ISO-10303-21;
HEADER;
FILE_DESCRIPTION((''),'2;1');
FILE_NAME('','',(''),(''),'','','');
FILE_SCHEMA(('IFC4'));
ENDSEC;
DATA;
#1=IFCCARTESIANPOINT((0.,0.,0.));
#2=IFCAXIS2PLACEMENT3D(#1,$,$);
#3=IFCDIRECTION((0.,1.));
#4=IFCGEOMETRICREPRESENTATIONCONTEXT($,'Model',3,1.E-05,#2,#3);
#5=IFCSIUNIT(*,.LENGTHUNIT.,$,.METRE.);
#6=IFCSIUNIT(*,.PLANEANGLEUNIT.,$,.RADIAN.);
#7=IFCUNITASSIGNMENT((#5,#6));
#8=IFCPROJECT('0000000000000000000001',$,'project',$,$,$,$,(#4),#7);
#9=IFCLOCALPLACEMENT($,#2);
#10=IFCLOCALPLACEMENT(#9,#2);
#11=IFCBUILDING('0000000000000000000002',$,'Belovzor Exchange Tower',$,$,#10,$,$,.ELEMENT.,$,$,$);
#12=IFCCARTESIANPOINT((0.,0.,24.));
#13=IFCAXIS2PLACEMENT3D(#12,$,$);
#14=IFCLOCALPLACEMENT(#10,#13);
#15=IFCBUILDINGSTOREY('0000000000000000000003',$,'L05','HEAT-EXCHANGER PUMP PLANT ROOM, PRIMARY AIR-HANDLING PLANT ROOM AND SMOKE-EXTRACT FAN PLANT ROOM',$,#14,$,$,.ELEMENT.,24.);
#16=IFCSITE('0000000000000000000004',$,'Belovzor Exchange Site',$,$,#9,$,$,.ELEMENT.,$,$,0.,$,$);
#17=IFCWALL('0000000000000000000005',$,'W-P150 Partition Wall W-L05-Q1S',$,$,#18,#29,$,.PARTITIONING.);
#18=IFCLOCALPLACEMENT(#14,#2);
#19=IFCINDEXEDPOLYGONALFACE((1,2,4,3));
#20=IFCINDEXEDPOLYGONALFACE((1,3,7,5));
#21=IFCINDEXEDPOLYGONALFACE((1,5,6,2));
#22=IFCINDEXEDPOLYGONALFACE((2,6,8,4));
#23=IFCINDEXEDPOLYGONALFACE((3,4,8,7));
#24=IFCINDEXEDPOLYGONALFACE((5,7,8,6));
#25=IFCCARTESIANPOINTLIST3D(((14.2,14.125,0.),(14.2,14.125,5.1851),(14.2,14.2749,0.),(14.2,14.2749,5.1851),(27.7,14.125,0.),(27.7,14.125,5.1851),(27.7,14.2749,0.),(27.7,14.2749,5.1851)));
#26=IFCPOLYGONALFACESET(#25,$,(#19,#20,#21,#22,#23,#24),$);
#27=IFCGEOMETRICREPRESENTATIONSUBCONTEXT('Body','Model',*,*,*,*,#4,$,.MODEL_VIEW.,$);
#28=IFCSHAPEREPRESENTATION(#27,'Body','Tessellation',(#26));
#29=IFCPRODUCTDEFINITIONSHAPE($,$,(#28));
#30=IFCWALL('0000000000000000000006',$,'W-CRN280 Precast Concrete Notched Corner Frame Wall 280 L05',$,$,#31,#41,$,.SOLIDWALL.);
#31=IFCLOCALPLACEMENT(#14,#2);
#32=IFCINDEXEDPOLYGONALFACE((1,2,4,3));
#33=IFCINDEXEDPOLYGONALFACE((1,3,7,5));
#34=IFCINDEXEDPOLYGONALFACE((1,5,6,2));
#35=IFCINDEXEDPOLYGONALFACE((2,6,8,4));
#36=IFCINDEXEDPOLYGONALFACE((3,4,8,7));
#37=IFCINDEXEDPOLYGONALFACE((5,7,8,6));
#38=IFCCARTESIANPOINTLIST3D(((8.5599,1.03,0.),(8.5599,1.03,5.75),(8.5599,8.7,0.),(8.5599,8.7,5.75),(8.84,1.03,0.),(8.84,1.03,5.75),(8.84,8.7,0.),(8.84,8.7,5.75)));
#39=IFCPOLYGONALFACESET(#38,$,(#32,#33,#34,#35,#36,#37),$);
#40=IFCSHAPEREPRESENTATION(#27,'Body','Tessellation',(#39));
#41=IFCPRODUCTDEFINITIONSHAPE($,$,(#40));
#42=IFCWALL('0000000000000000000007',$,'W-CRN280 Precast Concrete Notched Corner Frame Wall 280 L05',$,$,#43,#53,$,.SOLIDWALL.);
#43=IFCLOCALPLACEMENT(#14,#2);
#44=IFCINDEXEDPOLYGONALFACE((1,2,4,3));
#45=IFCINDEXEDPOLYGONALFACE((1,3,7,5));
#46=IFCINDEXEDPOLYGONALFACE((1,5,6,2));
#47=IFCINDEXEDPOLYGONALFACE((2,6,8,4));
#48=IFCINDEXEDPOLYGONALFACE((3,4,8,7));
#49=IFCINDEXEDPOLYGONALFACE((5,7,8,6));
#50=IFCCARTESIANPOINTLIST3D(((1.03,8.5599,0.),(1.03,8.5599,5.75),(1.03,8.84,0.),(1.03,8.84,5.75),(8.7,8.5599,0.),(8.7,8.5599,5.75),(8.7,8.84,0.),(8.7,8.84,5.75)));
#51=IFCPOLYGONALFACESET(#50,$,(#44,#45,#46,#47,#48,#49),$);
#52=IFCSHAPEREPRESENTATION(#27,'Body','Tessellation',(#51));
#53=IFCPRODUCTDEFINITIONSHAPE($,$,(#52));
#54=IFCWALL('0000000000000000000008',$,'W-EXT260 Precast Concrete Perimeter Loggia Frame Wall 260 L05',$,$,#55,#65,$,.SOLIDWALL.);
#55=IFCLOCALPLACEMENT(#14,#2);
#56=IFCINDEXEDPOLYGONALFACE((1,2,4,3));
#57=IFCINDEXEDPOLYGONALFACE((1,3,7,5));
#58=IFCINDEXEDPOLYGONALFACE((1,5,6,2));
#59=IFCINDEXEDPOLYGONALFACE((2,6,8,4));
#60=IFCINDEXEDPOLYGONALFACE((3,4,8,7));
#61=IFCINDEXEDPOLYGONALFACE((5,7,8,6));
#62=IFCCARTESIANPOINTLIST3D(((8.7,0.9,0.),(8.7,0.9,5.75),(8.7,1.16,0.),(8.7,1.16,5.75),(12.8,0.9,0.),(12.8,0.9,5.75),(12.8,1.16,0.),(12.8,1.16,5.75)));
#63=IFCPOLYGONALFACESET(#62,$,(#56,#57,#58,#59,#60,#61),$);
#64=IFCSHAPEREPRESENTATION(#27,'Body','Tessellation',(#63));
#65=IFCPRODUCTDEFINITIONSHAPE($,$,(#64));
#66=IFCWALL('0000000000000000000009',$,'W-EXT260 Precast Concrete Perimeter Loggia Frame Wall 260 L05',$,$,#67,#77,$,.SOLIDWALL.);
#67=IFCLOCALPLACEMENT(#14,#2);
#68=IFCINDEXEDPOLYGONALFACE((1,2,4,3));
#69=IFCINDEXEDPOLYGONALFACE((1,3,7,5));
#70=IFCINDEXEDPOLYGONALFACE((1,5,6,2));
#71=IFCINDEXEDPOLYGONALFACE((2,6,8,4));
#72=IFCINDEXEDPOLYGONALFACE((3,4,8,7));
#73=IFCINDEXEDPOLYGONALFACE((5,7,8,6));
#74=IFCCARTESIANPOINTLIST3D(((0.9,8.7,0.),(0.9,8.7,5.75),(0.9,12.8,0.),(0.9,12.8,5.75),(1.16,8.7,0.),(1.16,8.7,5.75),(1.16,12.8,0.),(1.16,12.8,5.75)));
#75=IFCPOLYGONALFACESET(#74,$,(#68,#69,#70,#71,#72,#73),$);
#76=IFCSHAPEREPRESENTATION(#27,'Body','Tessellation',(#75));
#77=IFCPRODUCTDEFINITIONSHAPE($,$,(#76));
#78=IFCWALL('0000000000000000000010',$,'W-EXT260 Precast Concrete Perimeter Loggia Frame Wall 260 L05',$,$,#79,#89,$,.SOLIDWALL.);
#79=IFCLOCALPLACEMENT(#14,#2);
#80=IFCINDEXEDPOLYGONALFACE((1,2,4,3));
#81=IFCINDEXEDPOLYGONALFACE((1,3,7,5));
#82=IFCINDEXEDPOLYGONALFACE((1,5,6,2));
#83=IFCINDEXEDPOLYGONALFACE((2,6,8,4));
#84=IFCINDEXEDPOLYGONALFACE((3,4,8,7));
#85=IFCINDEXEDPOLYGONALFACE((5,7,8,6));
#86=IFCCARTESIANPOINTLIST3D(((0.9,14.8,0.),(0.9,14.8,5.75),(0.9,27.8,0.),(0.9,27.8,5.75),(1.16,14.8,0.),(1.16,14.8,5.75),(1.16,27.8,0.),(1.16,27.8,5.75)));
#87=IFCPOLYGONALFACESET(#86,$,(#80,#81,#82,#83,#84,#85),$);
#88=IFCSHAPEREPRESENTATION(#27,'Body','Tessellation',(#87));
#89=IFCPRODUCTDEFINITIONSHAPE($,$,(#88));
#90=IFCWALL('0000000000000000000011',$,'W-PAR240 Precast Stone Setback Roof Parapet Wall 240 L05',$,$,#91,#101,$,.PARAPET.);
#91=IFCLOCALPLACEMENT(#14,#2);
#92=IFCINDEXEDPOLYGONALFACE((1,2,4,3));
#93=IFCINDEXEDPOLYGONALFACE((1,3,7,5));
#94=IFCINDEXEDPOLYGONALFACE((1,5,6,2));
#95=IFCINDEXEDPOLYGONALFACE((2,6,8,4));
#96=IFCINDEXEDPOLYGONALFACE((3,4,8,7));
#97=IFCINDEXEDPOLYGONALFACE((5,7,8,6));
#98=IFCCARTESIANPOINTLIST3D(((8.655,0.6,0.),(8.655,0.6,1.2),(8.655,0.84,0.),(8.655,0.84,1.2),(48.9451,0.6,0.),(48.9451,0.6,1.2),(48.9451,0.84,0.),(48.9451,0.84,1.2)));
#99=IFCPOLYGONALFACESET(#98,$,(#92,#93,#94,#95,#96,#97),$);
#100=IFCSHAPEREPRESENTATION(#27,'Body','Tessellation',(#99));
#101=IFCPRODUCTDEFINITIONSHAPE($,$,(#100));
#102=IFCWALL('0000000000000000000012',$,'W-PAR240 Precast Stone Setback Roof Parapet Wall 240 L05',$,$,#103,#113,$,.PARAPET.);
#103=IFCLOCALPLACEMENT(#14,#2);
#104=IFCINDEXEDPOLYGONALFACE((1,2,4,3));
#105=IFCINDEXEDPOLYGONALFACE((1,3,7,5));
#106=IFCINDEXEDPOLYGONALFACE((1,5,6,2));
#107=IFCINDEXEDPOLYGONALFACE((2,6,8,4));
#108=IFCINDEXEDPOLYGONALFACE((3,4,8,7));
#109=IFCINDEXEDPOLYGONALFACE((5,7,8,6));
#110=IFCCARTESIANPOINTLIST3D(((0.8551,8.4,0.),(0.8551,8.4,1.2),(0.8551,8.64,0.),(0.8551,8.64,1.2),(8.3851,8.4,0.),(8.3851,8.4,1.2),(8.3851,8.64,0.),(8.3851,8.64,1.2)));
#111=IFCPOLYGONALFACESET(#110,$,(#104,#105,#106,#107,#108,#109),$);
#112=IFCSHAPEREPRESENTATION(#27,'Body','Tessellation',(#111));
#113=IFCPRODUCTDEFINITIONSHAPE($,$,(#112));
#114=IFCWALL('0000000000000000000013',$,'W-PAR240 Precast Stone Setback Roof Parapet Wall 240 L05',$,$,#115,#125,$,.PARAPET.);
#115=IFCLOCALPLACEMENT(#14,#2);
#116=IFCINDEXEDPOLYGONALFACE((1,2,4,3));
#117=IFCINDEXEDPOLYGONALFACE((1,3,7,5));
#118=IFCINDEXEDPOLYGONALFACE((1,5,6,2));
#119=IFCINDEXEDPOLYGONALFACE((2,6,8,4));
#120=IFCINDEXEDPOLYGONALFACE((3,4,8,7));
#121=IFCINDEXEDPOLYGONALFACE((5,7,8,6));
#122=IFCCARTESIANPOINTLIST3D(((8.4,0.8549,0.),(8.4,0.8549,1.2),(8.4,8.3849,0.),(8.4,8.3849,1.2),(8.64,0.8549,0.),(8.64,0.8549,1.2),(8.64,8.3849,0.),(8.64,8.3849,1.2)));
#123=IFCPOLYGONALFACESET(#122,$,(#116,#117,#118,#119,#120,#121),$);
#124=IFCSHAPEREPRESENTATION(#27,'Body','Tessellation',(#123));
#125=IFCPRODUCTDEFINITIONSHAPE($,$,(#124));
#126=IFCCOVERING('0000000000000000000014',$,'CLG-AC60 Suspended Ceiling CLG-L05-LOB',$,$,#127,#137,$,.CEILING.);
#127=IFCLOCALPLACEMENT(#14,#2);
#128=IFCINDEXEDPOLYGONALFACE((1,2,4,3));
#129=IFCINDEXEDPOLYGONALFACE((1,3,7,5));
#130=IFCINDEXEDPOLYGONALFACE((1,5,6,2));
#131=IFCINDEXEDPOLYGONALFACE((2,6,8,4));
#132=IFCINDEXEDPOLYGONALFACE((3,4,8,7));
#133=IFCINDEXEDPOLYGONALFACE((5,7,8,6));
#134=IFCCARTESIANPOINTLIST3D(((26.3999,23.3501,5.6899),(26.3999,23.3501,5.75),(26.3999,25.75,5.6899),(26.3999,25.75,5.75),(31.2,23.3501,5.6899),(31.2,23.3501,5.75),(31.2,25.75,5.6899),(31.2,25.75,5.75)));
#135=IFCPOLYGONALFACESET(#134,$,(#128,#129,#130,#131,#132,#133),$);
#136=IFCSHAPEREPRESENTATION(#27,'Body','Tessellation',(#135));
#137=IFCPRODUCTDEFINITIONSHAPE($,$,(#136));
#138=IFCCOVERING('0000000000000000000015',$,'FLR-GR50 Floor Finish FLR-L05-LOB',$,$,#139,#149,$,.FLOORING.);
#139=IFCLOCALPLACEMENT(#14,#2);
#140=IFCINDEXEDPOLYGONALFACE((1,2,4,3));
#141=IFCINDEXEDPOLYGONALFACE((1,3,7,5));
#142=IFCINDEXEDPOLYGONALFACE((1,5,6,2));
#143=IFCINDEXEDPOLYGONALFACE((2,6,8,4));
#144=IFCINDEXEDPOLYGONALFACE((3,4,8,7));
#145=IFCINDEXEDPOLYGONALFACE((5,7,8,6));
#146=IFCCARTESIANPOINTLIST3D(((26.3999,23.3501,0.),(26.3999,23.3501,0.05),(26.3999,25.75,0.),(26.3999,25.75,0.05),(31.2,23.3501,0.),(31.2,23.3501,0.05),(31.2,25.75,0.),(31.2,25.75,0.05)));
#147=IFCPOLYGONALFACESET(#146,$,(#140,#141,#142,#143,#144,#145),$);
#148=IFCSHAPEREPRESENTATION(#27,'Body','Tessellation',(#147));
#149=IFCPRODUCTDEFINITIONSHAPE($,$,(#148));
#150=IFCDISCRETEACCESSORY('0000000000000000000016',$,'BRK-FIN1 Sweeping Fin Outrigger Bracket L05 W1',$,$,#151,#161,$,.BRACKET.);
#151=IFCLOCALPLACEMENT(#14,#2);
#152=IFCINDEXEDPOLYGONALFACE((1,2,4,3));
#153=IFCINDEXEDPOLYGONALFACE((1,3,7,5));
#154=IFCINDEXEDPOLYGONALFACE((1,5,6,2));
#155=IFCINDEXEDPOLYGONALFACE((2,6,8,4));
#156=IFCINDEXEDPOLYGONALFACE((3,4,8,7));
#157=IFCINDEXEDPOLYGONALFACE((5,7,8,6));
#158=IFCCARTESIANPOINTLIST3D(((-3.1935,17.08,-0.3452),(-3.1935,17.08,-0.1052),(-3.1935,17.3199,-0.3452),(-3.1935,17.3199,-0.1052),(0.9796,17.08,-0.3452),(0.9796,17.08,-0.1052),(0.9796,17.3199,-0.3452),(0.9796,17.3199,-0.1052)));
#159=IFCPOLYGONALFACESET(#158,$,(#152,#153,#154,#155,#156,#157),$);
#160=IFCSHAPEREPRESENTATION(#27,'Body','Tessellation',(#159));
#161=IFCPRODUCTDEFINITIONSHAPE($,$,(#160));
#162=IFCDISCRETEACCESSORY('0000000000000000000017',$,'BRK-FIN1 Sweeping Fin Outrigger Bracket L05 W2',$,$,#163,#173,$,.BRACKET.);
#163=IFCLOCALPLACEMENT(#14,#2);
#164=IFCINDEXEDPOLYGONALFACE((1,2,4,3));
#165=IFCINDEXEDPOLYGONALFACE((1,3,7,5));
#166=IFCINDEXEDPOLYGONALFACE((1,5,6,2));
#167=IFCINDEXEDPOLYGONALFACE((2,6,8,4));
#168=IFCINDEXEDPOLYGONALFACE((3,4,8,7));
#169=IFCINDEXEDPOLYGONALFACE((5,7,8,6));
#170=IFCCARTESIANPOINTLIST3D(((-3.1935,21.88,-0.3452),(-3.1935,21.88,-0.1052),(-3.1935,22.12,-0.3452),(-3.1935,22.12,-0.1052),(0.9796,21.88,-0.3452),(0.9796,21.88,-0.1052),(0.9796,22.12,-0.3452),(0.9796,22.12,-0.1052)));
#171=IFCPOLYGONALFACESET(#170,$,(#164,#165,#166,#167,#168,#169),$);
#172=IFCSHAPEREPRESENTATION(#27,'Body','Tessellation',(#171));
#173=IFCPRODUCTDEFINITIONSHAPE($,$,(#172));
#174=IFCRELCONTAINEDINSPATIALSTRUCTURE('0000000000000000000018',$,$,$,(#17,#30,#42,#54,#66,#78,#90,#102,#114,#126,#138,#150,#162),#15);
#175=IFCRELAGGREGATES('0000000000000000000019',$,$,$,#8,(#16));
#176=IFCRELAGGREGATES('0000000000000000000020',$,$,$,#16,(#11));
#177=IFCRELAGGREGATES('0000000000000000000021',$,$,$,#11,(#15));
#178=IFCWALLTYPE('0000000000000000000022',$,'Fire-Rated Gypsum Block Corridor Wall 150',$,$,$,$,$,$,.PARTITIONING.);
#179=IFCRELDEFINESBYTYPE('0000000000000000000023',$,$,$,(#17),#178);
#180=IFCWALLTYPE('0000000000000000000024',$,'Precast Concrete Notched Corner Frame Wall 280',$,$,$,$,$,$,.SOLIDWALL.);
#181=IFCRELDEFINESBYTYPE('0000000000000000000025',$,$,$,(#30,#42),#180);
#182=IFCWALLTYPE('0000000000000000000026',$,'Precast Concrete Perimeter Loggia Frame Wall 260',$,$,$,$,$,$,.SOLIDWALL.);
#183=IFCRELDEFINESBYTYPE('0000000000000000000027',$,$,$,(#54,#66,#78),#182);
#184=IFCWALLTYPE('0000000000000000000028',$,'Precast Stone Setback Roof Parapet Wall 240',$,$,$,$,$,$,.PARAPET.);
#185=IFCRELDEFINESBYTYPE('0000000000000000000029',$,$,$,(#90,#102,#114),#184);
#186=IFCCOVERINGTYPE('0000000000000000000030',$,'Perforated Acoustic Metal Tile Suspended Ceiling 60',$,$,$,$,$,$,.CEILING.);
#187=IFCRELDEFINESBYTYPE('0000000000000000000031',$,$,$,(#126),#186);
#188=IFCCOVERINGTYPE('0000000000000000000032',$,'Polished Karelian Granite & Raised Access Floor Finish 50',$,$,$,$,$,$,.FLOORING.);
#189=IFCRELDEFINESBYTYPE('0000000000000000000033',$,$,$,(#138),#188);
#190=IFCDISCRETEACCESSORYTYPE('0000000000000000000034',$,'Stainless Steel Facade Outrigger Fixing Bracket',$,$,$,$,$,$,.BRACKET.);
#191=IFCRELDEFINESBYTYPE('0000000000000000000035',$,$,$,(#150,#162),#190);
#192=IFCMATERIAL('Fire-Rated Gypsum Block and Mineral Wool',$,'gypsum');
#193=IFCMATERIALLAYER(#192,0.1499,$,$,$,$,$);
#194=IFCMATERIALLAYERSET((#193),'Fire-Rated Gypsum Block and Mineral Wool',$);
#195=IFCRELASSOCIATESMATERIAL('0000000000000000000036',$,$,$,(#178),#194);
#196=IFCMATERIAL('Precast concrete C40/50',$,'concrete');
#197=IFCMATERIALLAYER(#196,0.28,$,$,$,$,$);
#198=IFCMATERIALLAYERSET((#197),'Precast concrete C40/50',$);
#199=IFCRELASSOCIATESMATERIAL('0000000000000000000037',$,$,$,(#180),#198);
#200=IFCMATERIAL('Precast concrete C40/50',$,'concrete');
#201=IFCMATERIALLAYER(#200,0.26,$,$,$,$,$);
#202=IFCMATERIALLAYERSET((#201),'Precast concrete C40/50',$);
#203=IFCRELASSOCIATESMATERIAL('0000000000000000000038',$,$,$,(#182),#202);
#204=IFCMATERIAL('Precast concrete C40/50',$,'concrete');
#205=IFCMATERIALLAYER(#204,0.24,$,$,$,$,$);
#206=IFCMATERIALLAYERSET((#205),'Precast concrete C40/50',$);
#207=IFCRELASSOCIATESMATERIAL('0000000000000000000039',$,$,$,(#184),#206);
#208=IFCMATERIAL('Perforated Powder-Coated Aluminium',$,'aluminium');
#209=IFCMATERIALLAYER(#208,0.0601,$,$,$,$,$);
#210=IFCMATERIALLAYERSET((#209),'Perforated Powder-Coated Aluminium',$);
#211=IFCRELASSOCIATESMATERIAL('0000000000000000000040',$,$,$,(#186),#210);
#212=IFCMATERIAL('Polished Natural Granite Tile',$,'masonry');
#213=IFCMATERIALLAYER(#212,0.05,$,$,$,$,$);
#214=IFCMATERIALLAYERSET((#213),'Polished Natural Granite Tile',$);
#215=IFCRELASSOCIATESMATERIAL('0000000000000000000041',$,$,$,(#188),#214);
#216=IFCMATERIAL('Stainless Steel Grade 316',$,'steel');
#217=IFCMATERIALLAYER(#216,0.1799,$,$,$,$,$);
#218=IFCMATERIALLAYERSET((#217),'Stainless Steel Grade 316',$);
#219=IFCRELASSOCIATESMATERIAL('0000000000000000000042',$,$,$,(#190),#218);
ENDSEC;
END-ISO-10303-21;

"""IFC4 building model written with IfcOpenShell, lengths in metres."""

from ifc_helpers import new_model, si_unit, direction, frame, frame_2d, origin, origin_2d, place, context, subcontext, project, spatial, polyline, rectangle, outline, extrude, material, layer, layer_set, type_object, element, save


model = new_model("IFC4")

# Units and contexts
model_context = context("Model", 3, precision=1e-05, world=origin(), true_north=direction((0.0, 1.0)))
body_context = subcontext(model_context, "Body", "Model", "MODEL_VIEW")
ifc_project = project(units=[si_unit("LENGTHUNIT", "METRE"), si_unit("PLANEANGLEUNIT", "RADIAN")], contexts=[model_context])

# Site, building, storey
site_placement = place(None, origin())
site = spatial("IfcSite", under=ifc_project, at=site_placement, Name="Belovzor Exchange Site", CompositionType="ELEMENT", RefElevation=0.0)
building_placement = place(site_placement, origin())
building = spatial("IfcBuilding", under=site, at=building_placement, Name="Belovzor Exchange Tower", CompositionType="ELEMENT")
storey_placement = place(building_placement, frame((0.0, 0.0, 24.0)))
storey = spatial("IfcBuildingStorey", under=building, at=storey_placement, Name="L05", Description="HEAT-EXCHANGER PUMP PLANT ROOM, PRIMARY AIR-HANDLING PLANT ROOM AND SMOKE-EXTRACT FAN PLANT ROOM", CompositionType="ELEMENT", Elevation=24.0)

# Walls
ifc_material_1 = material(Name="Fire-Rated Gypsum Block and Mineral Wool", Category="gypsum")
ifc_layer_1 = layer(ifc_material_1, 0.1499)
ifc_layer_set_1 = layer_set([ifc_layer_1], Name="Fire-Rated Gypsum Block and Mineral Wool")
wall_type_1 = type_object("IfcWallType", Name="Fire-Rated Gypsum Block Corridor Wall 150", PredefinedType="PARTITIONING", material=ifc_layer_set_1)
wall_1_placement = place(storey_placement, frame((14.2, 14.2, 0.0), z_axis=(0.0, 0.0, 1.0), x_axis=(1.0, 0.0, 0.0)))
element("IfcWall", 1, at=wall_1_placement, inside=storey, type_object=wall_type_1, Name="W-P150 Partition Wall W-L05-Q1S", PredefinedType="PARTITIONING", context=body_context, shape_type="SweptSolid", body=[
    extrude(rectangle(XDim=13.5, YDim=0.1499, at=frame_2d((6.75, 0.0))), origin(), (0.0, 0.0, 1.0), 5.1851),
])
ifc_material_2 = material(Name="Precast concrete C40/50", Category="concrete")
ifc_layer_2 = layer(ifc_material_2, 0.28)
ifc_layer_set_2 = layer_set([ifc_layer_2], Name="Precast concrete C40/50")
wall_type_2 = type_object("IfcWallType", Name="Precast Concrete Notched Corner Frame Wall 280", PredefinedType="SOLIDWALL", material=ifc_layer_set_2)
for number, where, z_axis, x_axis, name in (
    (2, (8.7, 1.03, 0.0), (0.0, 0.0, 1.0), (0.0, 1.0, 0.0), "W-CRN280 Precast Concrete Notched Corner Frame Wall 280 L05"),
    (3, (8.7, 8.7, 0.0), (0.0, 0.0, 1.0), (-1.0, 0.0, 0.0), "W-CRN280 Precast Concrete Notched Corner Frame Wall 280 L05"),
):
    element("IfcWall", number, at=place(storey_placement, frame(where, z_axis=z_axis, x_axis=x_axis)), inside=storey, type_object=wall_type_2, Name=name, PredefinedType="SOLIDWALL", context=body_context, shape_type="SweptSolid", body=[
        extrude(rectangle(XDim=7.6699, YDim=0.28, at=frame_2d((3.835, 0.0))), origin(), (0.0, 0.0, 1.0), 5.75),
    ])
ifc_material_3 = material(Name="Precast concrete C40/50", Category="concrete")
ifc_layer_3 = layer(ifc_material_3, 0.26)
ifc_layer_set_3 = layer_set([ifc_layer_3], Name="Precast concrete C40/50")
wall_type_3 = type_object("IfcWallType", Name="Precast Concrete Perimeter Loggia Frame Wall 260", PredefinedType="SOLIDWALL", material=ifc_layer_set_3)
for number, where, z_axis, x_axis, name in (
    (4, (12.8, 1.03, 0.0), (0.0, 0.0, 1.0), (-1.0, 0.0, 0.0), "W-EXT260 Precast Concrete Perimeter Loggia Frame Wall 260 L05"),
    (5, (1.03, 8.7, 0.0), (0.0, 0.0, 1.0), (0.0, 1.0, 0.0), "W-EXT260 Precast Concrete Perimeter Loggia Frame Wall 260 L05"),
):
    element("IfcWall", number, at=place(storey_placement, frame(where, z_axis=z_axis, x_axis=x_axis)), inside=storey, type_object=wall_type_3, Name=name, PredefinedType="SOLIDWALL", context=body_context, shape_type="SweptSolid", body=[
        extrude(rectangle(XDim=4.1001, YDim=0.26, at=frame_2d((2.05, 0.0))), origin(), (0.0, 0.0, 1.0), 5.75),
    ])
wall_2_placement = place(storey_placement, frame((1.03, 14.8, 0.0), z_axis=(0.0, 0.0, 1.0), x_axis=(0.0, 1.0, 0.0)))
element("IfcWall", 6, at=wall_2_placement, inside=storey, type_object=wall_type_3, Name="W-EXT260 Precast Concrete Perimeter Loggia Frame Wall 260 L05", PredefinedType="SOLIDWALL", context=body_context, shape_type="SweptSolid", body=[
    extrude(rectangle(XDim=13.0, YDim=0.26, at=frame_2d((6.5, 0.0))), origin(), (0.0, 0.0, 1.0), 5.75),
])
ifc_material_4 = material(Name="Precast concrete C40/50", Category="concrete")
ifc_layer_4 = layer(ifc_material_4, 0.24)
ifc_layer_set_4 = layer_set([ifc_layer_4], Name="Precast concrete C40/50")
wall_type_4 = type_object("IfcWallType", Name="Precast Stone Setback Roof Parapet Wall 240", PredefinedType="PARAPET", material=ifc_layer_set_4)
wall_3_placement = place(storey_placement, frame((8.655, 0.72, 0.0), z_axis=(0.0, 0.0, 1.0), x_axis=(1.0, 0.0, 0.0)))
element("IfcWall", 7, at=wall_3_placement, inside=storey, type_object=wall_type_4, Name="W-PAR240 Precast Stone Setback Roof Parapet Wall 240 L05", PredefinedType="PARAPET", context=body_context, shape_type="SweptSolid", body=[
    extrude(rectangle(XDim=40.29, YDim=0.24, at=frame_2d((20.145, 0.0))), origin(), (0.0, 0.0, 1.0), 1.2),
])
for number, where, z_axis, x_axis, name in (
    (8, (0.855, 8.52, 0.0), (0.0, 0.0, 1.0), (1.0, 0.0, 0.0), "W-PAR240 Precast Stone Setback Roof Parapet Wall 240 L05"),
    (9, (8.52, 8.385, 0.0), (0.0, 0.0, 1.0), (0.0, -1.0, 0.0), "W-PAR240 Precast Stone Setback Roof Parapet Wall 240 L05"),
):
    element("IfcWall", number, at=place(storey_placement, frame(where, z_axis=z_axis, x_axis=x_axis)), inside=storey, type_object=wall_type_4, Name=name, PredefinedType="PARAPET", context=body_context, shape_type="SweptSolid", body=[
        extrude(rectangle(XDim=7.53, YDim=0.24, at=frame_2d((3.7651, 0.0))), origin(), (0.0, 0.0, 1.0), 1.2),
    ])

# Coverings
ifc_material_5 = material(Name="Perforated Powder-Coated Aluminium", Category="aluminium")
ifc_layer_5 = layer(ifc_material_5, 0.0601)
ifc_layer_set_5 = layer_set([ifc_layer_5], Name="Perforated Powder-Coated Aluminium")
covering_type_1 = type_object("IfcCoveringType", Name="Perforated Acoustic Metal Tile Suspended Ceiling 60", PredefinedType="CEILING", material=ifc_layer_set_5)
covering_1_placement = place(storey_placement, frame((0.0, 0.0, 5.6899)))
element("IfcCovering", 10, at=covering_1_placement, inside=storey, type_object=covering_type_1, Name="CLG-AC60 Suspended Ceiling CLG-L05-LOB", PredefinedType="CEILING", context=body_context, shape_type="SweptSolid", body=[
    extrude(outline(polyline([(26.3999, 23.3501), (31.2, 23.3501), (31.2, 25.75), (26.3999, 25.75), (26.3999, 23.3501)])), origin(), (0.0, 0.0, 1.0), 0.0601),
])
ifc_material_6 = material(Name="Polished Natural Granite Tile", Category="masonry")
ifc_layer_6 = layer(ifc_material_6, 0.05)
ifc_layer_set_6 = layer_set([ifc_layer_6], Name="Polished Natural Granite Tile")
covering_type_2 = type_object("IfcCoveringType", Name="Polished Karelian Granite & Raised Access Floor Finish 50", PredefinedType="FLOORING", material=ifc_layer_set_6)
covering_2_placement = place(storey_placement, origin())
element("IfcCovering", 11, at=covering_2_placement, inside=storey, type_object=covering_type_2, Name="FLR-GR50 Floor Finish FLR-L05-LOB", PredefinedType="FLOORING", context=body_context, shape_type="SweptSolid", body=[
    extrude(outline(polyline([(26.3999, 23.3501), (31.2, 23.3501), (31.2, 25.75), (26.3999, 25.75), (26.3999, 23.3501)])), origin(), (0.0, 0.0, 1.0), 0.05),
])

# Discrete accessories
ifc_material_7 = material(Name="Stainless Steel Grade 316", Category="steel")
ifc_layer_7 = layer(ifc_material_7, 0.1799)
ifc_layer_set_7 = layer_set([ifc_layer_7], Name="Stainless Steel Grade 316")
discrete_accessory_type = type_object("IfcDiscreteAccessoryType", Name="Stainless Steel Facade Outrigger Fixing Bracket", PredefinedType="BRACKET", material=ifc_layer_set_7)
for number, where, z_axis, x_axis, name in (
    (12, (-1.1069, 17.2, -0.3452), (0.0, 0.0, 1.0), (1.0, 0.0, 0.0), "BRK-FIN1 Sweeping Fin Outrigger Bracket L05 W1"),
    (13, (-1.1069, 22.0, -0.3452), (0.0, 0.0, 1.0), (1.0, 0.0, 0.0), "BRK-FIN1 Sweeping Fin Outrigger Bracket L05 W2"),
):
    element("IfcDiscreteAccessory", number, at=place(storey_placement, frame(where, z_axis=z_axis, x_axis=x_axis)), inside=storey, type_object=discrete_accessory_type, Name=name, PredefinedType="BRACKET", context=body_context, shape_type="SweptSolid", body=[
        extrude(rectangle(XDim=4.1731, YDim=0.24, at=origin_2d()), origin(), (0.0, 0.0, 1.0), 0.24),
    ])

save(model, "model.ifc")
